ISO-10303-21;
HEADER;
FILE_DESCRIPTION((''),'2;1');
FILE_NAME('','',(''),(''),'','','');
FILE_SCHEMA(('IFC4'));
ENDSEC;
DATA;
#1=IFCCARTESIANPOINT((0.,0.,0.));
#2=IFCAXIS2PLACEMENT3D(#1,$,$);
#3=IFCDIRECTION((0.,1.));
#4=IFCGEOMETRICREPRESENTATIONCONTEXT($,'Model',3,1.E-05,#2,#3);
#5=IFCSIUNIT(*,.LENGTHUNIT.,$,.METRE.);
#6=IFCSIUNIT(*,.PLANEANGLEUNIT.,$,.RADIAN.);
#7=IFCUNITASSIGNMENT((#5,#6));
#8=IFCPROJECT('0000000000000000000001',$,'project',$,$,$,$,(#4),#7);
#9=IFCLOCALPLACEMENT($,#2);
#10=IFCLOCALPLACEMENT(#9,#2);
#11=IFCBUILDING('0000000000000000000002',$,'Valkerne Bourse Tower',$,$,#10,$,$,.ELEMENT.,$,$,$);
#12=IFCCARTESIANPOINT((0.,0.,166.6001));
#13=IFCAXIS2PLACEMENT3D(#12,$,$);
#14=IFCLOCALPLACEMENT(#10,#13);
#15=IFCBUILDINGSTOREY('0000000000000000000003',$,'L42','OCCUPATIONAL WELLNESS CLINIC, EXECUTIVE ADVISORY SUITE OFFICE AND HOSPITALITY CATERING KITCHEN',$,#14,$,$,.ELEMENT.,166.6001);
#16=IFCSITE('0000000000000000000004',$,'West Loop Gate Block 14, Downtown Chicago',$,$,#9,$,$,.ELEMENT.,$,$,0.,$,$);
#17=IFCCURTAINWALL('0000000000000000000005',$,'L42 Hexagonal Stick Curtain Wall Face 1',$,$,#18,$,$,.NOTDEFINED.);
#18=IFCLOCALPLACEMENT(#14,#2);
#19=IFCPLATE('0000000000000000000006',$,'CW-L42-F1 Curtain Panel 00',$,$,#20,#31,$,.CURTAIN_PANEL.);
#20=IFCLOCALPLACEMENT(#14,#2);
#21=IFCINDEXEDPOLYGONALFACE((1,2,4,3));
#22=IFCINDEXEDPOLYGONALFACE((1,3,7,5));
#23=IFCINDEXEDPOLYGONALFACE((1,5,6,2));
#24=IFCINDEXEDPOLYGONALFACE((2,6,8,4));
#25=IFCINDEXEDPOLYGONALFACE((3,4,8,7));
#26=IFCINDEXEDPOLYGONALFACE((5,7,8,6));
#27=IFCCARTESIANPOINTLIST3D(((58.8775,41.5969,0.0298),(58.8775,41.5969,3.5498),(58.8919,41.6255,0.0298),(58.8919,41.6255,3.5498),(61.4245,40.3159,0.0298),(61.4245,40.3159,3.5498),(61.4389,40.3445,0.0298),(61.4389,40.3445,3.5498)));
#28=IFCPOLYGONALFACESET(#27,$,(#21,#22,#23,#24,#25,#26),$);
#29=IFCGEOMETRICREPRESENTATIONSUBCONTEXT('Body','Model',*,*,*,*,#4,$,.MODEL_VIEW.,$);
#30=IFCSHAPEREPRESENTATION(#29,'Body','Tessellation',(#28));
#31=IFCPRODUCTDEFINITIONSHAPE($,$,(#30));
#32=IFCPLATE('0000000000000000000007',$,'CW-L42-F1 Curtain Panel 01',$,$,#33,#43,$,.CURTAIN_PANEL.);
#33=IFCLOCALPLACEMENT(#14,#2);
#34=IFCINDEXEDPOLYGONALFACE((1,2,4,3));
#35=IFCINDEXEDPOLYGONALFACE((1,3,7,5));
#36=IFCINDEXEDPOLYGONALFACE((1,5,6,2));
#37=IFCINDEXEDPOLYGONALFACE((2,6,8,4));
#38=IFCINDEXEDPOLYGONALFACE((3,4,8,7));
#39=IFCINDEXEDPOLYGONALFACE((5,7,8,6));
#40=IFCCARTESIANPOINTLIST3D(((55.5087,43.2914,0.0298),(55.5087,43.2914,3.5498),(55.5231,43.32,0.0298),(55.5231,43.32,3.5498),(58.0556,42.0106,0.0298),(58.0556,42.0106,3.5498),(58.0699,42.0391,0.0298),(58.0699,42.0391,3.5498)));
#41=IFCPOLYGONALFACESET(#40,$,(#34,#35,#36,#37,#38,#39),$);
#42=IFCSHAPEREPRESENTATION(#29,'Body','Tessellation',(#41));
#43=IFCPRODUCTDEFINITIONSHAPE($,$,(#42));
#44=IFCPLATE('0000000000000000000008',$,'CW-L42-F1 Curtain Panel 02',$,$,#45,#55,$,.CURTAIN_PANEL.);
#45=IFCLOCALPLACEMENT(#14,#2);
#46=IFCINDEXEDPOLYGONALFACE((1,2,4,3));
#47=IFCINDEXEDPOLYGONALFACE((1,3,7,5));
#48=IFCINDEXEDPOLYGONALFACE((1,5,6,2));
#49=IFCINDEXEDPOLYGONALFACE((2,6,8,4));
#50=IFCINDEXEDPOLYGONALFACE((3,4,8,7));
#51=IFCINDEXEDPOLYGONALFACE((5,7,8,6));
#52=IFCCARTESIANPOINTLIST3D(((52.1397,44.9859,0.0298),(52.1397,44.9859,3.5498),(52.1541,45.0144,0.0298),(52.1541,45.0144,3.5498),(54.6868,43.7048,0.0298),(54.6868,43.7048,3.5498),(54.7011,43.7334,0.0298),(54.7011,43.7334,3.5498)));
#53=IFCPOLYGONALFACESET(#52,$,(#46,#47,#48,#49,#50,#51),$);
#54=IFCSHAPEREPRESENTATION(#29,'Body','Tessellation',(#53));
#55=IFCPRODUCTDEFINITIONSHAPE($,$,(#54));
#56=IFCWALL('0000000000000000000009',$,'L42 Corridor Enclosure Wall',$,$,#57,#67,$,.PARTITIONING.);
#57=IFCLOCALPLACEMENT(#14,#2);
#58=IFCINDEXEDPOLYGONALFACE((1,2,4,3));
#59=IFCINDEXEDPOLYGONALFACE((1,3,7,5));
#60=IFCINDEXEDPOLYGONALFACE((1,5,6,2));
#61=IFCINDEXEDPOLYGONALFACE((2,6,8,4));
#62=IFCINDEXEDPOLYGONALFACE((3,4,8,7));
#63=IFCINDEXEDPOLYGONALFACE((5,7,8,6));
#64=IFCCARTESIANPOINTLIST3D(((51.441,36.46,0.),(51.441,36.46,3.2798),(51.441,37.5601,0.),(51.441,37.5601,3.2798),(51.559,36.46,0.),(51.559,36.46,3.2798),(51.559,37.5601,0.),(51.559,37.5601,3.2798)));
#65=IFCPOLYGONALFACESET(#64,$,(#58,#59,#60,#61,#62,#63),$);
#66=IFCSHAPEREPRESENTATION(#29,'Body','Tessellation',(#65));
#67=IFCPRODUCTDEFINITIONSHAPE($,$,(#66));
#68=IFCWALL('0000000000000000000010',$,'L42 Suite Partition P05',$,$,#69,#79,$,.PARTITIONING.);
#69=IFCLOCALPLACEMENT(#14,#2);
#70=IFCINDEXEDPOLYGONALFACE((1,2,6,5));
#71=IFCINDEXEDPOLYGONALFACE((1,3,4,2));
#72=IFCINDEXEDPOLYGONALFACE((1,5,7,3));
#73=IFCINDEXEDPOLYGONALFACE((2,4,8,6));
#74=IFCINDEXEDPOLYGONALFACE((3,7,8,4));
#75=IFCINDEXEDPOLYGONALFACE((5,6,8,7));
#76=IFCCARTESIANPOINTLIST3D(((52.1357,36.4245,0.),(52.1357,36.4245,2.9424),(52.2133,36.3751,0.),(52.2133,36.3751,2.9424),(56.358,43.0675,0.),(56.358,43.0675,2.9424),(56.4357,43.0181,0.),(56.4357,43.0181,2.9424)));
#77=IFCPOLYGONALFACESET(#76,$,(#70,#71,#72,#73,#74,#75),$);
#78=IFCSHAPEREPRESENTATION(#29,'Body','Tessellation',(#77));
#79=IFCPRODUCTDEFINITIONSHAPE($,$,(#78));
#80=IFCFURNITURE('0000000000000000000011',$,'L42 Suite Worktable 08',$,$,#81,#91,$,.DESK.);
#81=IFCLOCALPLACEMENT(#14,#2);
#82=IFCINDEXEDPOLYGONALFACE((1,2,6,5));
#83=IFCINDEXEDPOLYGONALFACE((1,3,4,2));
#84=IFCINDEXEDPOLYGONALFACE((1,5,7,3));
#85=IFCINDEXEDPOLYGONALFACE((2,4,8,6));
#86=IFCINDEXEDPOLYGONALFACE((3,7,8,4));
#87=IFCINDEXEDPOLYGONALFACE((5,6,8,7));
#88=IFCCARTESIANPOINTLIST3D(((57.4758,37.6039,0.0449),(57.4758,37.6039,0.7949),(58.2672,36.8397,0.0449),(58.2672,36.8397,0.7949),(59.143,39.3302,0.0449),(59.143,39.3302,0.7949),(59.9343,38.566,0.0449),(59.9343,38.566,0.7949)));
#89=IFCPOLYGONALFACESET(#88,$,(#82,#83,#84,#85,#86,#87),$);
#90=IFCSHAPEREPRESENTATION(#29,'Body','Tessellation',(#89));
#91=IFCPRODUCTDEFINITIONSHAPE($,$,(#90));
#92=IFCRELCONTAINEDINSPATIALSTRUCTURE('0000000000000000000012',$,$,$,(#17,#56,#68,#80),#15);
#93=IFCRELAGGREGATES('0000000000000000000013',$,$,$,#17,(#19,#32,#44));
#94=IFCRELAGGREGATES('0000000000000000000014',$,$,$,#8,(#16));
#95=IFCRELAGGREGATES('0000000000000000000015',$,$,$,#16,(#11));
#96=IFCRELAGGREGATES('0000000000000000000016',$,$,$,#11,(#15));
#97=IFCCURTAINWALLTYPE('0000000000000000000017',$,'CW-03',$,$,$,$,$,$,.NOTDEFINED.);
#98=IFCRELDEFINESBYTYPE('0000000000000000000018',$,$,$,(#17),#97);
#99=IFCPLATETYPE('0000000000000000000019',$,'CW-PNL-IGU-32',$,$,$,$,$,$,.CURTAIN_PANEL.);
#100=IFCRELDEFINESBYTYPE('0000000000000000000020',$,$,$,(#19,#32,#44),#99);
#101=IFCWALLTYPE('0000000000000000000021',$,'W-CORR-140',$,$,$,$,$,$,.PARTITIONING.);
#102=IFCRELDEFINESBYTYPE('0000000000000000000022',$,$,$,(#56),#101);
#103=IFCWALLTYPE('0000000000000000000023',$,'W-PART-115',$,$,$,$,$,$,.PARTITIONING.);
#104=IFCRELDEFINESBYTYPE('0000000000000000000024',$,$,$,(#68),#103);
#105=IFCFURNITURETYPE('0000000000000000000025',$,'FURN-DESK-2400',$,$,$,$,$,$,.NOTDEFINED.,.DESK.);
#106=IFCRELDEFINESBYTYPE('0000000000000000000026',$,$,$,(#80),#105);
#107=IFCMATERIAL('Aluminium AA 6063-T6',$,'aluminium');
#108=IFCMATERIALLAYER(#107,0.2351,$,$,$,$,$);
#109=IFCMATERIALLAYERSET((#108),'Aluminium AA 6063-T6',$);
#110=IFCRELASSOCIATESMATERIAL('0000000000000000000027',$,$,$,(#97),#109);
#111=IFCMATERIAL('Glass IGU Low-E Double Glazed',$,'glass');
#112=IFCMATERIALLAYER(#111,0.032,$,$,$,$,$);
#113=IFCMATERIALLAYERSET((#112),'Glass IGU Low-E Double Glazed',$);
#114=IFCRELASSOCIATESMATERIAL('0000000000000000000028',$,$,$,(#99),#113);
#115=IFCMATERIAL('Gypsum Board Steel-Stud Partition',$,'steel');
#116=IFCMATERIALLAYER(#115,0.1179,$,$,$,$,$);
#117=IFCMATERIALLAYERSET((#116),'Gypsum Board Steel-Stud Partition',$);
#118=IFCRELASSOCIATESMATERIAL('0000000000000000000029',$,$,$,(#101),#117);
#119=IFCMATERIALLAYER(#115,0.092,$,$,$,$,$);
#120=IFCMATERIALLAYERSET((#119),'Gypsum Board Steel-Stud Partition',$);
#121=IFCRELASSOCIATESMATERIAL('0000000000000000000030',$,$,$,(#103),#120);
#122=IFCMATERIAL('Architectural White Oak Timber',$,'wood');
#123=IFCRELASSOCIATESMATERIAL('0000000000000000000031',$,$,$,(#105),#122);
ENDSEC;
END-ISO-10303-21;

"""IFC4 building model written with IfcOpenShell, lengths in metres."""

from ifc_helpers import new_model, si_unit, direction, frame, frame_2d, origin, origin_2d, place, context, subcontext, project, spatial, rectangle, extrude, material, layer, layer_set, type_object, element, aggregate, save


model = new_model("IFC4")

# Units and contexts
model_context = context("Model", 3, precision=1e-05, world=origin(), true_north=direction((0.0, 1.0)))
body_context = subcontext(model_context, "Body", "Model", "MODEL_VIEW")
ifc_project = project(units=[si_unit("LENGTHUNIT", "METRE"), si_unit("PLANEANGLEUNIT", "RADIAN")], contexts=[model_context])

# Site, building, storey
site_placement = place(None, origin())
site = spatial("IfcSite", under=ifc_project, at=site_placement, Name="West Loop Gate Block 14, Downtown Chicago", CompositionType="ELEMENT", RefElevation=0.0)
building_placement = place(site_placement, origin())
building = spatial("IfcBuilding", under=site, at=building_placement, Name="Valkerne Bourse Tower", CompositionType="ELEMENT")
storey_placement = place(building_placement, frame((0.0, 0.0, 166.6001)))
storey = spatial("IfcBuildingStorey", under=building, at=storey_placement, Name="L42", Description="OCCUPATIONAL WELLNESS CLINIC, EXECUTIVE ADVISORY SUITE OFFICE AND HOSPITALITY CATERING KITCHEN", CompositionType="ELEMENT", Elevation=166.6001)

# Curtain wall
ifc_material_1 = material(Name="Aluminium AA 6063-T6", Category="aluminium")
ifc_layer_1 = layer(ifc_material_1, 0.2351)
ifc_layer_set_1 = layer_set([ifc_layer_1], Name="Aluminium AA 6063-T6")
curtain_wall_type = type_object("IfcCurtainWallType", Name="CW-03", PredefinedType="NOTDEFINED", material=ifc_layer_set_1)
curtain_wall_placement = place(storey_placement, origin())
curtain_wall = element("IfcCurtainWall", 1, at=curtain_wall_placement, inside=storey, type_object=curtain_wall_type, Name="L42 Hexagonal Stick Curtain Wall Face 1", PredefinedType="NOTDEFINED")

# Plates
ifc_material_2 = material(Name="Glass IGU Low-E Double Glazed", Category="glass")
ifc_layer_2 = layer(ifc_material_2, 0.032)
ifc_layer_set_2 = layer_set([ifc_layer_2], Name="Glass IGU Low-E Double Glazed")
plate_type = type_object("IfcPlateType", Name="CW-PNL-IGU-32", PredefinedType="CURTAIN_PANEL", material=ifc_layer_set_2)
plate_1_placement = place(storey_placement, frame((60.1582, 40.9707, 0.0298), z_axis=(0.0, 0.0, 1.0), x_axis=(-0.893369, 0.449323, 0.0)))
plate_1 = element("IfcPlate", 2, at=plate_1_placement, type_object=plate_type, Name="CW-L42-F1 Curtain Panel 00", PredefinedType="CURTAIN_PANEL", context=body_context, shape_type="SweptSolid", body=[
    extrude(rectangle(XDim=2.8511, YDim=0.032, at=origin_2d()), origin(), (0.0, 0.0, 1.0), 3.52),
])
plate_2_placement = place(storey_placement, frame((56.7893, 42.6653, 0.0298), z_axis=(0.0, 0.0, 1.0), x_axis=(-0.89338, 0.449302, 0.0)))
plate_2 = element("IfcPlate", 3, at=plate_2_placement, type_object=plate_type, Name="CW-L42-F1 Curtain Panel 01", PredefinedType="CURTAIN_PANEL", context=body_context, shape_type="SweptSolid", body=[
    extrude(rectangle(XDim=2.8508, YDim=0.032, at=origin_2d()), origin(), (0.0, 0.0, 1.0), 3.52),
])
plate_3_placement = place(storey_placement, frame((53.4204, 44.3596, 0.0298), z_axis=(0.0, 0.0, 1.0), x_axis=(-0.893369, 0.449323, 0.0)))
plate_3 = element("IfcPlate", 4, at=plate_3_placement, type_object=plate_type, Name="CW-L42-F1 Curtain Panel 02", PredefinedType="CURTAIN_PANEL", context=body_context, shape_type="SweptSolid", body=[
    extrude(rectangle(XDim=2.8511, YDim=0.032, at=origin_2d()), origin(), (0.0, 0.0, 1.0), 3.52),
])
aggregate(curtain_wall, [plate_1, plate_2, plate_3])

# Walls
ifc_material_3 = material(Name="Gypsum Board Steel-Stud Partition", Category="steel")
ifc_layer_3 = layer(ifc_material_3, 0.1179)
ifc_layer_set_3 = layer_set([ifc_layer_3], Name="Gypsum Board Steel-Stud Partition")
wall_type_1 = type_object("IfcWallType", Name="W-CORR-140", PredefinedType="PARTITIONING", material=ifc_layer_set_3)
wall_1_placement = place(storey_placement, frame((51.5, 37.5601, 0.0), z_axis=(0.0, 0.0, 1.0), x_axis=(0.0, -1.0, 0.0)))
element("IfcWall", 5, at=wall_1_placement, inside=storey, type_object=wall_type_1, Name="L42 Corridor Enclosure Wall", PredefinedType="PARTITIONING", context=body_context, shape_type="SweptSolid", body=[
    extrude(rectangle(XDim=1.1001, YDim=0.1179, at=frame_2d((0.55, 0.0))), origin(), (0.0, 0.0, 1.0), 3.2798),
])
ifc_layer_4 = layer(ifc_material_3, 0.092)
ifc_layer_set_4 = layer_set([ifc_layer_4], Name="Gypsum Board Steel-Stud Partition")
wall_type_2 = type_object("IfcWallType", Name="W-PART-115", PredefinedType="PARTITIONING", material=ifc_layer_set_4)
wall_2_placement = place(storey_placement, frame((52.1746, 36.3999, 0.0), z_axis=(0.0, 0.0, 1.0), x_axis=(0.536424, 0.843949, 0.0)))
element("IfcWall", 6, at=wall_2_placement, inside=storey, type_object=wall_type_2, Name="L42 Suite Partition P05", PredefinedType="PARTITIONING", context=body_context, shape_type="SweptSolid", body=[
    extrude(rectangle(XDim=7.8713, YDim=0.092, at=frame_2d((3.9355, 0.0))), origin(), (0.0, 0.0, 1.0), 2.9424),
])

# Furniture
ifc_material_4 = material(Name="Architectural White Oak Timber", Category="wood")
furniture_type = type_object("IfcFurnitureType", Name="FURN-DESK-2400", AssemblyPlace="NOTDEFINED", PredefinedType="DESK", material=ifc_material_4)
furniture_placement = place(storey_placement, frame((58.7051, 38.085, 0.0449), z_axis=(0.0, 0.0, 1.0), x_axis=(0.694658, 0.71934, 0.0)))
element("IfcFurniture", 7, at=furniture_placement, inside=storey, type_object=furniture_type, Name="L42 Suite Worktable 08", PredefinedType="DESK", context=body_context, shape_type="SweptSolid", body=[
    extrude(rectangle(XDim=2.3999, YDim=1.1001, at=origin_2d()), origin(), (0.0, 0.0, 1.0), 0.75),
])

save(model, "model.ifc")
